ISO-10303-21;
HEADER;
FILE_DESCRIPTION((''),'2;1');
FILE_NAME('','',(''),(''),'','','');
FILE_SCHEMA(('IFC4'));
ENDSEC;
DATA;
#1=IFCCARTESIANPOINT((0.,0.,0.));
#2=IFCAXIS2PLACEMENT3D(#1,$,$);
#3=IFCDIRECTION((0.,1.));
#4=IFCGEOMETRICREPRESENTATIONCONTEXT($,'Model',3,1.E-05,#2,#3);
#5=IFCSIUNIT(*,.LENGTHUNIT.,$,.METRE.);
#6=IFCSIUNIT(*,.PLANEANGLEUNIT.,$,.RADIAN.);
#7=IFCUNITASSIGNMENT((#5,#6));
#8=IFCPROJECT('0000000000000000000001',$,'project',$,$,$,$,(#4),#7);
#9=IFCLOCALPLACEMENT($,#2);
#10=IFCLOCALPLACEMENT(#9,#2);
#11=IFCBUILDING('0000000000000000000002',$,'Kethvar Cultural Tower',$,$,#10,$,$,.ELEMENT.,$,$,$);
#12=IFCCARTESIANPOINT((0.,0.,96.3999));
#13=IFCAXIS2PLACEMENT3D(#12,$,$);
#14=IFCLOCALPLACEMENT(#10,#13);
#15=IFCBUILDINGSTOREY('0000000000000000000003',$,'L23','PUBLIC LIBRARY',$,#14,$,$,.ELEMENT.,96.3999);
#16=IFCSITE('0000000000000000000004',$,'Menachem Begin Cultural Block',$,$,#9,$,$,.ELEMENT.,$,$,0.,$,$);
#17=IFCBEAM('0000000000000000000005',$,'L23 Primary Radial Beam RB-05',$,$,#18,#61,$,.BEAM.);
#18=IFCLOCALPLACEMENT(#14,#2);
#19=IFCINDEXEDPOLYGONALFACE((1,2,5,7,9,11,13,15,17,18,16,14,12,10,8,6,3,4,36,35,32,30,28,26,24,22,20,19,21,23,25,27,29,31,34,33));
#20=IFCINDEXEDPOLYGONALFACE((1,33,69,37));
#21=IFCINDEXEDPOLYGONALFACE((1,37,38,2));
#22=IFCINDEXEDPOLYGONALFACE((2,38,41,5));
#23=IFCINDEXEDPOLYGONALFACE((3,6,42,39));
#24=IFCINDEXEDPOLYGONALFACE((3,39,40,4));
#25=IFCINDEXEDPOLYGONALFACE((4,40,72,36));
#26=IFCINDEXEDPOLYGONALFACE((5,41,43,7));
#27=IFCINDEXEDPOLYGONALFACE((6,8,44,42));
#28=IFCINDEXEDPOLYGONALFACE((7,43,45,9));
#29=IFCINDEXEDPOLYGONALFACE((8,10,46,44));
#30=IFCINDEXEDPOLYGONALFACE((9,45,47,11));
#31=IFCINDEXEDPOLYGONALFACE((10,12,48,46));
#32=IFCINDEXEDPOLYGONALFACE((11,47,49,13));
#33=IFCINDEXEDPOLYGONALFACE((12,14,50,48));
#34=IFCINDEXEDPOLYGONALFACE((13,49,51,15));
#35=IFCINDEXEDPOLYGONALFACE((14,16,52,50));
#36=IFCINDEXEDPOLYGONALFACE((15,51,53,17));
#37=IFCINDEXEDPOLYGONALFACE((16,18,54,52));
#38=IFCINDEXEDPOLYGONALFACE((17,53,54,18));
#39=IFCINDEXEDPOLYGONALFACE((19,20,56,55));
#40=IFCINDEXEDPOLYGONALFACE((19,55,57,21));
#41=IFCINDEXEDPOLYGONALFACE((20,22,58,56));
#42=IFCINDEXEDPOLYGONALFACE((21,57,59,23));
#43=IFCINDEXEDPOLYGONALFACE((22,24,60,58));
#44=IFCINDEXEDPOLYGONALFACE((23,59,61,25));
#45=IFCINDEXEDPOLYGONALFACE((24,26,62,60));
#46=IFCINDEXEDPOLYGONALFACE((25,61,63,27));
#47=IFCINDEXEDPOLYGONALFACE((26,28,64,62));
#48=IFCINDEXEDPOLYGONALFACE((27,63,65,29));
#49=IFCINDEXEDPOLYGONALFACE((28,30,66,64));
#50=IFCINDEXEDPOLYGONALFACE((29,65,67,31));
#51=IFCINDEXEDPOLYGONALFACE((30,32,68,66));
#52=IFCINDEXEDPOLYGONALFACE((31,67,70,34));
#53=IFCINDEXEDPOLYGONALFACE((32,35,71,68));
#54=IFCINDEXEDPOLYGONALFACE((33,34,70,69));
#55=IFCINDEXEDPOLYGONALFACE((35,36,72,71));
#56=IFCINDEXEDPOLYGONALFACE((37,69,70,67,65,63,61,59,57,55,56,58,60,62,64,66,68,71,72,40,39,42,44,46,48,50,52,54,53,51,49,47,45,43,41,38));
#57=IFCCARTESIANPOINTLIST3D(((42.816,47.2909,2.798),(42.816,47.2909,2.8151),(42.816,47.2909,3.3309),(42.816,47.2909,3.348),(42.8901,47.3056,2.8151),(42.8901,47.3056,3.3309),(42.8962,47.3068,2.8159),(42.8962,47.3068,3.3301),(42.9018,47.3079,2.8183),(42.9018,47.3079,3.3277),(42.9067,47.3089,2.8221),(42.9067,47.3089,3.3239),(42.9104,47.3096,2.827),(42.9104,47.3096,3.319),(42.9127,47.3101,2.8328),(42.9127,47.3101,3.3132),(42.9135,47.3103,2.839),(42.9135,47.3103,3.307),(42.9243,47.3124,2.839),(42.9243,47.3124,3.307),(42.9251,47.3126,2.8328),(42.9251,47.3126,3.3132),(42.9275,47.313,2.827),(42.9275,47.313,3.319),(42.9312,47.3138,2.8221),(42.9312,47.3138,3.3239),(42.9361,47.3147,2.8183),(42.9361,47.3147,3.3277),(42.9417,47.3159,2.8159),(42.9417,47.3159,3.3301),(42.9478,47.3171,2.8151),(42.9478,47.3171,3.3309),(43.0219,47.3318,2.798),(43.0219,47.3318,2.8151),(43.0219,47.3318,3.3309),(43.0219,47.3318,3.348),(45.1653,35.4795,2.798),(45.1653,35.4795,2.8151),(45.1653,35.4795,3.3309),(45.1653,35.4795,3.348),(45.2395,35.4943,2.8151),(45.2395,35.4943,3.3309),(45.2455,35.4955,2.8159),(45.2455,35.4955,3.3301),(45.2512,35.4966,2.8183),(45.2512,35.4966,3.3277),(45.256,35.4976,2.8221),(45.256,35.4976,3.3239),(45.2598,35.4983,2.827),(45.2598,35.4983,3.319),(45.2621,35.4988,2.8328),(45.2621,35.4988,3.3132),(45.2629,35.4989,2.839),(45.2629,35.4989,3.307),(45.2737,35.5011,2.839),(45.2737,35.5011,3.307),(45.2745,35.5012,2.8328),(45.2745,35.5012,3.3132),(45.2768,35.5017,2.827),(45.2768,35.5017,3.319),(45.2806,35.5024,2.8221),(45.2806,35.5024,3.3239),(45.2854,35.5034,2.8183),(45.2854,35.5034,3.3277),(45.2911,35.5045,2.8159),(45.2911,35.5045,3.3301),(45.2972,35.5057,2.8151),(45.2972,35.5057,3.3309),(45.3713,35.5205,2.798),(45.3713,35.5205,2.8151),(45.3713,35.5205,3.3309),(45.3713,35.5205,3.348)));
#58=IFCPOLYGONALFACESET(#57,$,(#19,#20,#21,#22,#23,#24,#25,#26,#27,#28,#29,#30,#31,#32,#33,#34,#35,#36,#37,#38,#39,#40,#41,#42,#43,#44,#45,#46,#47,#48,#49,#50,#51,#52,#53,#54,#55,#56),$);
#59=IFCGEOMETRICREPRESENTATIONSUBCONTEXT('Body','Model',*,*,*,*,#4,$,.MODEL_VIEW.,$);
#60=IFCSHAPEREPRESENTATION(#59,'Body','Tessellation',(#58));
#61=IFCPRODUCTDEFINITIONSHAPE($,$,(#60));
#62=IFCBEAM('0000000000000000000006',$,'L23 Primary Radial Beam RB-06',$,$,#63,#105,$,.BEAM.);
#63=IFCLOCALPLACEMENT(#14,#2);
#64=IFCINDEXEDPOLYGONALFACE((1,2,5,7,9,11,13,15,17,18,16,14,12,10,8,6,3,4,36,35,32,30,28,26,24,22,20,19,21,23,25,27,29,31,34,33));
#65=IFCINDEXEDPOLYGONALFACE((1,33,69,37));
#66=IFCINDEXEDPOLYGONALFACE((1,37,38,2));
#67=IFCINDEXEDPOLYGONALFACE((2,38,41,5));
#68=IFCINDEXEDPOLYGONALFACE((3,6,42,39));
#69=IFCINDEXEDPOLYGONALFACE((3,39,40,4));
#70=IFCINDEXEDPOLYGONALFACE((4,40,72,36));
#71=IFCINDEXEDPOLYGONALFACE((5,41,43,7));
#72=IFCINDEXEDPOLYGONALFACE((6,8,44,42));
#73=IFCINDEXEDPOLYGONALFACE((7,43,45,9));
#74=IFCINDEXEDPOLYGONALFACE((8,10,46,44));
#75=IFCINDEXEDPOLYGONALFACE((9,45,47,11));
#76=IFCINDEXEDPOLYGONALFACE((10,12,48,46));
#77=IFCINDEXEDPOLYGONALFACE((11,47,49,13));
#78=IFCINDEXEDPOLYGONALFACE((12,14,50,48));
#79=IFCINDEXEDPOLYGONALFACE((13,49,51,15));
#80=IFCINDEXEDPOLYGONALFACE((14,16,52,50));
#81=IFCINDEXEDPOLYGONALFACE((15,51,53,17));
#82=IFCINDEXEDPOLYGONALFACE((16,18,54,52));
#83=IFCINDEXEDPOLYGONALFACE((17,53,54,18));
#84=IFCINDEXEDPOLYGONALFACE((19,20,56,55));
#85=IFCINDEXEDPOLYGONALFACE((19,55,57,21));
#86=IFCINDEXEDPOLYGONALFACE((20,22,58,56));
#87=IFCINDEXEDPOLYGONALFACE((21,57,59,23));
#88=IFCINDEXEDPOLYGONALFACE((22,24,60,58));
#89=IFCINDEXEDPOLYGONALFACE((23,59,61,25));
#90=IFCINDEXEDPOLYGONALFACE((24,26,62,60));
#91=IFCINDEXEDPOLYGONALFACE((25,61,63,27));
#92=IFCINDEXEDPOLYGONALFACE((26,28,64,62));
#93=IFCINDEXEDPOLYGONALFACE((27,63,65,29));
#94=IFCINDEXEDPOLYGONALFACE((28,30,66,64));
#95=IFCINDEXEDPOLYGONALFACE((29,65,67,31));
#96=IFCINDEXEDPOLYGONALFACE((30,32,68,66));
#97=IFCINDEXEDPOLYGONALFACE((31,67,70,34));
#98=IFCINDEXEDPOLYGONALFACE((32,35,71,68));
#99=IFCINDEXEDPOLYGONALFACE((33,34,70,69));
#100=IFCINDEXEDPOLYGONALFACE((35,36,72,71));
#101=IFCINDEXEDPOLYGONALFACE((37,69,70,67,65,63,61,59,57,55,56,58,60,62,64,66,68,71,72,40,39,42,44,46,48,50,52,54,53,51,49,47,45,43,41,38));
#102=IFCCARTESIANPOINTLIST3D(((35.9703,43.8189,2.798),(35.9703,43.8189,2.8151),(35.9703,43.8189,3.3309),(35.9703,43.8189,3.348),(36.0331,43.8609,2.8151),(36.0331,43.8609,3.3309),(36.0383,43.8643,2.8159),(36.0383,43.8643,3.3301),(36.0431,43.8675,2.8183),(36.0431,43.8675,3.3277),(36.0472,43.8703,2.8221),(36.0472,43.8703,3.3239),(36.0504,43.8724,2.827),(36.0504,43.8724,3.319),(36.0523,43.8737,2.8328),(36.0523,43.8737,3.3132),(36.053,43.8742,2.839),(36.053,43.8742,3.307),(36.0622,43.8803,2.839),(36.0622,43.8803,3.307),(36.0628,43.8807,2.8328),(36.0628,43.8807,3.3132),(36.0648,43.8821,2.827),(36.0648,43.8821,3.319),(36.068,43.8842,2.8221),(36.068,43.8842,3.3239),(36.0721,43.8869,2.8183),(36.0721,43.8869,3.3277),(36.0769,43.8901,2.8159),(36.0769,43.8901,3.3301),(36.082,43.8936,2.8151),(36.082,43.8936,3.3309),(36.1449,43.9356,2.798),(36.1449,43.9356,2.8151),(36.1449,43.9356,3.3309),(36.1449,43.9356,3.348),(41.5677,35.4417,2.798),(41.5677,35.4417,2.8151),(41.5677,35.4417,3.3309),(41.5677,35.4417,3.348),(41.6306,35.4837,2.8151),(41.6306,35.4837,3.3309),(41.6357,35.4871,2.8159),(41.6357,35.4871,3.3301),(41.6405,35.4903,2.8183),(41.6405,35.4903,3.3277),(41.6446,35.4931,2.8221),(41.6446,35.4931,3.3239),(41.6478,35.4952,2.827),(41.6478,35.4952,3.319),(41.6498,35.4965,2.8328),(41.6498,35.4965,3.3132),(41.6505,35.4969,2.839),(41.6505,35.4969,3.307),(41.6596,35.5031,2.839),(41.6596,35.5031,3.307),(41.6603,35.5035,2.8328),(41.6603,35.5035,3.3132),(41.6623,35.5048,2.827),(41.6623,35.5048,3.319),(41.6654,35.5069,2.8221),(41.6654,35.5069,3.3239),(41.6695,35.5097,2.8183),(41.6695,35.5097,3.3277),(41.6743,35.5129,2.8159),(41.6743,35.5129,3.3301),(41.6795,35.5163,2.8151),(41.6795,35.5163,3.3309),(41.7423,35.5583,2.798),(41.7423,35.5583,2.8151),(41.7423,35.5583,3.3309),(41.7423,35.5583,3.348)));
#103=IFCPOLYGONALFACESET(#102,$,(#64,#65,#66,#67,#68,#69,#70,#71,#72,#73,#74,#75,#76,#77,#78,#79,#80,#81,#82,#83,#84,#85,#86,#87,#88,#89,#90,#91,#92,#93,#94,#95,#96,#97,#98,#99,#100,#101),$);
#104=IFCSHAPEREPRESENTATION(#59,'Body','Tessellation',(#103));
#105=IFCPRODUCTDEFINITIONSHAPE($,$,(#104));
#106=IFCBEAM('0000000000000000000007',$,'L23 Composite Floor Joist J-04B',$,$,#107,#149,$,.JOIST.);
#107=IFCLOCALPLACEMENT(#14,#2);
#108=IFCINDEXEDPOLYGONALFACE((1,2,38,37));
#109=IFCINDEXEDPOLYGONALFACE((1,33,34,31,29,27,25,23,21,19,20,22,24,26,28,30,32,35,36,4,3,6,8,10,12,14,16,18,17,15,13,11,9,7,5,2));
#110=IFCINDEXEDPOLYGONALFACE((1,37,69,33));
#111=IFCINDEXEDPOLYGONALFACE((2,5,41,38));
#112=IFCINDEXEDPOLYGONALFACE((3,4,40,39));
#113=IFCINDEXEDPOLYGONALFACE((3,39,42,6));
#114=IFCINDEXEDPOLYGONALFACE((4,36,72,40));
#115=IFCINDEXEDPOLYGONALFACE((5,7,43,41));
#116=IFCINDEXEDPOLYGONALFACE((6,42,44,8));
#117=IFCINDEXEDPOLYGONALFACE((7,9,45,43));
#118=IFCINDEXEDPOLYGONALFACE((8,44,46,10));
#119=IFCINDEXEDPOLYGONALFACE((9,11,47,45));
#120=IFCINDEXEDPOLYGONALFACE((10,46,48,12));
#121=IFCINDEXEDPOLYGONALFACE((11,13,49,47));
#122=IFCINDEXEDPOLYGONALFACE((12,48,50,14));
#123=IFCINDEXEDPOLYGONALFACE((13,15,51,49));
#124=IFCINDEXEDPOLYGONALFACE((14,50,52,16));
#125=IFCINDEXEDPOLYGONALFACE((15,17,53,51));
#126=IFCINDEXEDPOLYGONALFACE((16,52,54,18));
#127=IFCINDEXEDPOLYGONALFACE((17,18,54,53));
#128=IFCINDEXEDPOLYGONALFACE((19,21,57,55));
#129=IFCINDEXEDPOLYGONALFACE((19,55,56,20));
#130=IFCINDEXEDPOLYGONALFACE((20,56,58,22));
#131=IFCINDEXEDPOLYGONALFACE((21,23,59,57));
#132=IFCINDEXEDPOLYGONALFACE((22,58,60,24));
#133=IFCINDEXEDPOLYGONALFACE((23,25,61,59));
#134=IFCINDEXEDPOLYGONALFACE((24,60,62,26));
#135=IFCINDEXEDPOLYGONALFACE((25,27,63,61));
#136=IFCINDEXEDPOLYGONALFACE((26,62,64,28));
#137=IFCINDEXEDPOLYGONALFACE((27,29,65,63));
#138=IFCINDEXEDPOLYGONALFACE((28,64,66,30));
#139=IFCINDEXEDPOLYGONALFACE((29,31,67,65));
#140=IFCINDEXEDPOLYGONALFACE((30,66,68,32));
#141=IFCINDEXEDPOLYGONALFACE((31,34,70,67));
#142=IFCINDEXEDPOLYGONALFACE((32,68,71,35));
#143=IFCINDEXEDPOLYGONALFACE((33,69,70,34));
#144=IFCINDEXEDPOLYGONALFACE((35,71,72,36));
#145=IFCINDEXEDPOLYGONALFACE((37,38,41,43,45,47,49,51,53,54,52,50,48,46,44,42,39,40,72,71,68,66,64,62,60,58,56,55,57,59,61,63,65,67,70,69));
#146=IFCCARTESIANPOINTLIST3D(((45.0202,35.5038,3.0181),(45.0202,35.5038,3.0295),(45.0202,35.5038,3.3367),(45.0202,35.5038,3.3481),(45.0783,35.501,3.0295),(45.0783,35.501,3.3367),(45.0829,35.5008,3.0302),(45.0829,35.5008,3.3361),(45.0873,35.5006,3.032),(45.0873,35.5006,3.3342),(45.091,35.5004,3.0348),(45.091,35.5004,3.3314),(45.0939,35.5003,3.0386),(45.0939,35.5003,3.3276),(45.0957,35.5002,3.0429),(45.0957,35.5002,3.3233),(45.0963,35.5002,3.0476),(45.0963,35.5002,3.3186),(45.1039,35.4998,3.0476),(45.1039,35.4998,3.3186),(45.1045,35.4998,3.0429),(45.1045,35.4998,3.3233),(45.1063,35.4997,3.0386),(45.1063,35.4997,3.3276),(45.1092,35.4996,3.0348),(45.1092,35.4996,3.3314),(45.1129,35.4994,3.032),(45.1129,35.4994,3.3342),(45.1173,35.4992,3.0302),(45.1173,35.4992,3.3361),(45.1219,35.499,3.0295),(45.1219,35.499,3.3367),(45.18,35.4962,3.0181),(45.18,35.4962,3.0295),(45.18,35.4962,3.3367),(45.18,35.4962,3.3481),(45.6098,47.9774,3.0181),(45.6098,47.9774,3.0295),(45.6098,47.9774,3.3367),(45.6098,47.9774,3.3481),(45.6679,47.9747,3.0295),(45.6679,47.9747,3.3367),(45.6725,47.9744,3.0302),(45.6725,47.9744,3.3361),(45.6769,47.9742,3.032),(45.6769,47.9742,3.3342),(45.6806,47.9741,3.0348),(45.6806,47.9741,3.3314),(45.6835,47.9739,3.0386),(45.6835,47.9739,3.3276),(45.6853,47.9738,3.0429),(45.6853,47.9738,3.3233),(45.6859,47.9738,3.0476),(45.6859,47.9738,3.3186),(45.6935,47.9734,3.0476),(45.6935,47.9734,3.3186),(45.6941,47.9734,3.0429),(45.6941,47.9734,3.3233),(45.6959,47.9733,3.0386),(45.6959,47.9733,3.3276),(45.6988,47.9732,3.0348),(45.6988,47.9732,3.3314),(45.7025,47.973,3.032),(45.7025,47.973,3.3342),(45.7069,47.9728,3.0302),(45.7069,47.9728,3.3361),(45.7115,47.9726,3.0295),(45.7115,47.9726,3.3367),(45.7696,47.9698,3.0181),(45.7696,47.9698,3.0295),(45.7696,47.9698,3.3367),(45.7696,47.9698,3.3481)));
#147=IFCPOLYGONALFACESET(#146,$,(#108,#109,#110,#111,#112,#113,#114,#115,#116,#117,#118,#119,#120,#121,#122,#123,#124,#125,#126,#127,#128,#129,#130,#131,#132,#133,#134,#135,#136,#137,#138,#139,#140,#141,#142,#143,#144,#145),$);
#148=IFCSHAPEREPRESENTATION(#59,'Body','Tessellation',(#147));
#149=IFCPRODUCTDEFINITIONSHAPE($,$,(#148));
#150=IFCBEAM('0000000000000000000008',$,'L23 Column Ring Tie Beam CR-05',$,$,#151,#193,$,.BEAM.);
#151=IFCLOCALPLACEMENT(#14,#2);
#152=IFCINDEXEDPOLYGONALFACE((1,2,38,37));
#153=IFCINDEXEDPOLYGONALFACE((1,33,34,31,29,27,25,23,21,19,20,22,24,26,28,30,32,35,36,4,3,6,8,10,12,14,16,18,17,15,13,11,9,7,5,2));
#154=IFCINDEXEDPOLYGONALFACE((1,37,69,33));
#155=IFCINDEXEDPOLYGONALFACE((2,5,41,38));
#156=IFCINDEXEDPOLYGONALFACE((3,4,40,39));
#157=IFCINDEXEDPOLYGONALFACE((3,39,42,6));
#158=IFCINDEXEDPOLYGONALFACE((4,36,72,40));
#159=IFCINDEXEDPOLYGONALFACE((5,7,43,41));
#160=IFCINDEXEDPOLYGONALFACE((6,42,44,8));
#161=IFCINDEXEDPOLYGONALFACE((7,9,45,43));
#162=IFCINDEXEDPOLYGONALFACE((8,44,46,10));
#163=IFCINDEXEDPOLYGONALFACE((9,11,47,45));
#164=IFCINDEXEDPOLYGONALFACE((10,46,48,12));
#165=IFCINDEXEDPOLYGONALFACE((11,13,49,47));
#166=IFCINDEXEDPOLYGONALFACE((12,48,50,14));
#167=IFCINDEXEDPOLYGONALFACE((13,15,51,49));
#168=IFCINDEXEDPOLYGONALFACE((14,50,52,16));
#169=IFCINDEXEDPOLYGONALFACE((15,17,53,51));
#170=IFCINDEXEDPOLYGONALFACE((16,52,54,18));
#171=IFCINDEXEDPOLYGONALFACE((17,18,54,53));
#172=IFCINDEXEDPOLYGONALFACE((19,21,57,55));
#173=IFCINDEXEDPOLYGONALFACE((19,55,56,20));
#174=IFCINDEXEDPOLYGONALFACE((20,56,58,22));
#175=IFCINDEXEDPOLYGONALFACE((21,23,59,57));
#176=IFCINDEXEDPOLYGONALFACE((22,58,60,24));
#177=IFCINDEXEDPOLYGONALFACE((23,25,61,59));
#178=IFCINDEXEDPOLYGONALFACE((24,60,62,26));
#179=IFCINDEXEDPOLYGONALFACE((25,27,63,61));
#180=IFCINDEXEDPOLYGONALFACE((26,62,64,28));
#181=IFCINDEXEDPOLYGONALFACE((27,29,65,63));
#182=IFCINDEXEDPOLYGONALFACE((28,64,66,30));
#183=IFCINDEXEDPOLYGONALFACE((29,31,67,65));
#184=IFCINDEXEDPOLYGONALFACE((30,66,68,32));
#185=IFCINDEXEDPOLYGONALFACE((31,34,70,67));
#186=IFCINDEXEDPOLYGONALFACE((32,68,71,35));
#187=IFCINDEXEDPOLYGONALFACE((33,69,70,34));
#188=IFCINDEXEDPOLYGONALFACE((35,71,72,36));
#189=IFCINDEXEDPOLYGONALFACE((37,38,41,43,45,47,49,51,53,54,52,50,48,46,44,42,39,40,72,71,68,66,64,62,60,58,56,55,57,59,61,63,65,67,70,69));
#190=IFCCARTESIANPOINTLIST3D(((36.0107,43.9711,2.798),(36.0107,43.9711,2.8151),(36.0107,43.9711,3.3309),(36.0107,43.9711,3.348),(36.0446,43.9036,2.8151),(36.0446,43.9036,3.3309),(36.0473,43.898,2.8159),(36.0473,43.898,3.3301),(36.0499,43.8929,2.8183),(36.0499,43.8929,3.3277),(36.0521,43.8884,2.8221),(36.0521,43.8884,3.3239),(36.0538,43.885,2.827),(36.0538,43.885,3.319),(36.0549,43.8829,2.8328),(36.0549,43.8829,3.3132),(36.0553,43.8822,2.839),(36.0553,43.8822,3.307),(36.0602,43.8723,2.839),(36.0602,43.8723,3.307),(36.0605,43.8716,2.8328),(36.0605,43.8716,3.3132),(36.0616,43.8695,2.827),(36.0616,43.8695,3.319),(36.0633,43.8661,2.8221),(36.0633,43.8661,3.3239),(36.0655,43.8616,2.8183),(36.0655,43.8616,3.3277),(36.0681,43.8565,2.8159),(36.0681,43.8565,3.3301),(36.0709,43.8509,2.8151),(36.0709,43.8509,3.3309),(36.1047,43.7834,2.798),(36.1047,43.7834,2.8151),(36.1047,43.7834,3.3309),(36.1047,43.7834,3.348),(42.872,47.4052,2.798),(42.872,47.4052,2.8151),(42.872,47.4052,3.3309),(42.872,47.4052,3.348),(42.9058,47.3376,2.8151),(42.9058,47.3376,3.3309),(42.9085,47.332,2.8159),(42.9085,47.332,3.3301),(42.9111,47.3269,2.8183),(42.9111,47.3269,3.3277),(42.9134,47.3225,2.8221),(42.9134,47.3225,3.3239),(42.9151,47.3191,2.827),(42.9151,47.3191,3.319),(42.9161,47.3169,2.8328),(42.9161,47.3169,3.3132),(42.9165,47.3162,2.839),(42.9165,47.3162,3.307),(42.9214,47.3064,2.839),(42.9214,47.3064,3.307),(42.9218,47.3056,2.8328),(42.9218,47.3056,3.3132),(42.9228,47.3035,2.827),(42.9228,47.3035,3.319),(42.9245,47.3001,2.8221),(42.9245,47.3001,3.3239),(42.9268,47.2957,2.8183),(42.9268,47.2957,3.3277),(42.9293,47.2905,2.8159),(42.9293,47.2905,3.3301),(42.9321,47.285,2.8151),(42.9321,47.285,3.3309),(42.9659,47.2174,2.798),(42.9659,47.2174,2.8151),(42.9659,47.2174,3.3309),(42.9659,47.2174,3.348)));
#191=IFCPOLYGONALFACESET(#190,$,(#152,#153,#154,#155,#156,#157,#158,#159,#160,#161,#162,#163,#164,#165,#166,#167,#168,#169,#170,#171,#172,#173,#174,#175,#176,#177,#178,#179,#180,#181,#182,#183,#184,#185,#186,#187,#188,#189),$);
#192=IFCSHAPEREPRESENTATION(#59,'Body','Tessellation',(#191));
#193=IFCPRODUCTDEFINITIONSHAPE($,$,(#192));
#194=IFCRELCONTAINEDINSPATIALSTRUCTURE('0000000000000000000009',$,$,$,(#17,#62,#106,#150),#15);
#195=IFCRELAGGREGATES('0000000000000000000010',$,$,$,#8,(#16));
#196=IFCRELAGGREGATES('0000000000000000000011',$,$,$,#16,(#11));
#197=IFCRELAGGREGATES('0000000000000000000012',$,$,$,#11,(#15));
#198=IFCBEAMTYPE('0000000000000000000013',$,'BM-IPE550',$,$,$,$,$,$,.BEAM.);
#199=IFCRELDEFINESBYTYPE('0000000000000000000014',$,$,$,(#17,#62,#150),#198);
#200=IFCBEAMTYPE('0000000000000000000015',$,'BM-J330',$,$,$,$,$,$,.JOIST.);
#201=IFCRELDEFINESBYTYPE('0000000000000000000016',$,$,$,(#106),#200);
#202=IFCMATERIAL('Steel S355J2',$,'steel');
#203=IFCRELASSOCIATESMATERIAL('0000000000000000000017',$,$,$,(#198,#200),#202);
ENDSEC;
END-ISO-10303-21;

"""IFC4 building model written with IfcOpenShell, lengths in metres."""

from ifc_helpers import new_model, si_unit, direction, frame, origin, origin_2d, place, context, subcontext, project, spatial, i_section, extrude, source, transform, mapped, material, material_profile, profile_set, type_object, element, save


model = new_model("IFC4")

# Units and contexts
model_context = context("Model", 3, precision=1e-05, world=origin(), true_north=direction((0.0, 1.0)))
body_context = subcontext(model_context, "Body", "Model", "MODEL_VIEW")
ifc_project = project(units=[si_unit("LENGTHUNIT", "METRE"), si_unit("PLANEANGLEUNIT", "RADIAN")], contexts=[model_context])

# Site, building, storey
site_placement = place(None, origin())
site = spatial("IfcSite", under=ifc_project, at=site_placement, Name="Menachem Begin Cultural Block", CompositionType="ELEMENT", RefElevation=0.0)
building_placement = place(site_placement, origin())
building = spatial("IfcBuilding", under=site, at=building_placement, Name="Kethvar Cultural Tower", CompositionType="ELEMENT")
storey_placement = place(building_placement, frame((0.0, 0.0, 96.3999)))
storey = spatial("IfcBuildingStorey", under=building, at=storey_placement, Name="L23", Description="PUBLIC LIBRARY", CompositionType="ELEMENT", Elevation=96.3999)

# Beams
ifc_material_1 = material(Name="Steel S355J2", Category="steel")
ifc_material_profile_1 = material_profile(ifc_material_1, i_section(OverallWidth=0.21, OverallDepth=0.55, WebThickness=0.011, FlangeThickness=0.0171, FilletRadius=0.0239, at=origin_2d()), Name="Steel S355J2 — IPE550")
ifc_profile_set_1 = profile_set([ifc_material_profile_1], Name="Steel S355J2 — IPE550")
beam_type_1 = type_object("IfcBeamType", Name="BM-IPE550", PredefinedType="BEAM", material=ifc_profile_set_1)
shared_shape_1 = source(origin(), body_context, "Body", "SweptSolid", [
    extrude(i_section(OverallWidth=0.21, OverallDepth=0.55, WebThickness=0.011, FlangeThickness=0.0171, FilletRadius=0.0239, at=origin_2d()), origin(), (0.0, 0.0, 1.0), 12.0427),
])
beam_1_placement = place(storey_placement, frame((45.2683, 35.5, 3.073), z_axis=(-0.195087, 0.980786, 0.0), x_axis=(-0.980786, -0.195087, 0.0)))
element("IfcBeam", 1, at=beam_1_placement, inside=storey, type_object=beam_type_1, Name="L23 Primary Radial Beam RB-05", PredefinedType="BEAM", context=body_context, shape_type="MappedRepresentation", body=[
    mapped(shared_shape_1, transform((0.0, 0.0, 0.0), scale=1.0)),
])
shared_shape_2 = source(origin(), body_context, "Body", "SweptSolid", [
    extrude(i_section(OverallWidth=0.21, OverallDepth=0.55, WebThickness=0.011, FlangeThickness=0.0171, FilletRadius=0.0239, at=origin_2d()), origin(), (0.0, 0.0, 1.0), 10.0752),
])
beam_2_placement = place(storey_placement, frame((41.655, 35.5, 3.073), z_axis=(-0.555567, 0.831472, 0.0), x_axis=(-0.831472, -0.555567, 0.0)))
element("IfcBeam", 2, at=beam_2_placement, inside=storey, type_object=beam_type_1, Name="L23 Primary Radial Beam RB-06", PredefinedType="BEAM", context=body_context, shape_type="MappedRepresentation", body=[
    mapped(shared_shape_2, transform((0.0, 0.0, 0.0), scale=1.0)),
])
ifc_material_profile_2 = material_profile(ifc_material_1, i_section(OverallWidth=0.1599, OverallDepth=0.3301, WebThickness=0.0076, FlangeThickness=0.0115, FilletRadius=0.0181, at=origin_2d()), Name="Steel S355J2 — IPE330")
ifc_profile_set_2 = profile_set([ifc_material_profile_2], Name="Steel S355J2 — IPE330")
beam_type_2 = type_object("IfcBeamType", Name="BM-J330", PredefinedType="JOIST", material=ifc_profile_set_2)
shared_shape_3 = source(origin(), body_context, "Body", "SweptSolid", [
    extrude(i_section(OverallWidth=0.1599, OverallDepth=0.3301, WebThickness=0.0076, FlangeThickness=0.0115, FilletRadius=0.0181, at=origin_2d()), origin(), (0.0, 0.0, 1.0), 12.4875),
])
beam_3_placement = place(storey_placement, frame((45.1001, 35.5, 3.1831), z_axis=(0.047215, 0.998885, 0.0), x_axis=(-0.998885, 0.047215, 0.0)))
element("IfcBeam", 3, at=beam_3_placement, inside=storey, type_object=beam_type_2, Name="L23 Composite Floor Joist J-04B", PredefinedType="JOIST", context=body_context, shape_type="MappedRepresentation", body=[
    mapped(shared_shape_3, transform((0.0, 0.0, 0.0), scale=1.0)),
])
shared_shape_4 = source(origin(), body_context, "Body", "SweptSolid", [
    extrude(i_section(OverallWidth=0.21, OverallDepth=0.55, WebThickness=0.011, FlangeThickness=0.0171, FilletRadius=0.0239, at=origin_2d()), origin(), (0.0, 0.0, 1.0), 7.6726),
])
beam_4_placement = place(storey_placement, frame((42.9189, 47.3113, 3.073), z_axis=(-0.894249, -0.44757, 0.0), x_axis=(0.44757, -0.894249, 0.0)))
element("IfcBeam", 4, at=beam_4_placement, inside=storey, type_object=beam_type_1, Name="L23 Column Ring Tie Beam CR-05", PredefinedType="BEAM", context=body_context, shape_type="MappedRepresentation", body=[
    mapped(shared_shape_4, transform((0.0, 0.0, 0.0), scale=1.0)),
])

save(model, "model.ifc")
